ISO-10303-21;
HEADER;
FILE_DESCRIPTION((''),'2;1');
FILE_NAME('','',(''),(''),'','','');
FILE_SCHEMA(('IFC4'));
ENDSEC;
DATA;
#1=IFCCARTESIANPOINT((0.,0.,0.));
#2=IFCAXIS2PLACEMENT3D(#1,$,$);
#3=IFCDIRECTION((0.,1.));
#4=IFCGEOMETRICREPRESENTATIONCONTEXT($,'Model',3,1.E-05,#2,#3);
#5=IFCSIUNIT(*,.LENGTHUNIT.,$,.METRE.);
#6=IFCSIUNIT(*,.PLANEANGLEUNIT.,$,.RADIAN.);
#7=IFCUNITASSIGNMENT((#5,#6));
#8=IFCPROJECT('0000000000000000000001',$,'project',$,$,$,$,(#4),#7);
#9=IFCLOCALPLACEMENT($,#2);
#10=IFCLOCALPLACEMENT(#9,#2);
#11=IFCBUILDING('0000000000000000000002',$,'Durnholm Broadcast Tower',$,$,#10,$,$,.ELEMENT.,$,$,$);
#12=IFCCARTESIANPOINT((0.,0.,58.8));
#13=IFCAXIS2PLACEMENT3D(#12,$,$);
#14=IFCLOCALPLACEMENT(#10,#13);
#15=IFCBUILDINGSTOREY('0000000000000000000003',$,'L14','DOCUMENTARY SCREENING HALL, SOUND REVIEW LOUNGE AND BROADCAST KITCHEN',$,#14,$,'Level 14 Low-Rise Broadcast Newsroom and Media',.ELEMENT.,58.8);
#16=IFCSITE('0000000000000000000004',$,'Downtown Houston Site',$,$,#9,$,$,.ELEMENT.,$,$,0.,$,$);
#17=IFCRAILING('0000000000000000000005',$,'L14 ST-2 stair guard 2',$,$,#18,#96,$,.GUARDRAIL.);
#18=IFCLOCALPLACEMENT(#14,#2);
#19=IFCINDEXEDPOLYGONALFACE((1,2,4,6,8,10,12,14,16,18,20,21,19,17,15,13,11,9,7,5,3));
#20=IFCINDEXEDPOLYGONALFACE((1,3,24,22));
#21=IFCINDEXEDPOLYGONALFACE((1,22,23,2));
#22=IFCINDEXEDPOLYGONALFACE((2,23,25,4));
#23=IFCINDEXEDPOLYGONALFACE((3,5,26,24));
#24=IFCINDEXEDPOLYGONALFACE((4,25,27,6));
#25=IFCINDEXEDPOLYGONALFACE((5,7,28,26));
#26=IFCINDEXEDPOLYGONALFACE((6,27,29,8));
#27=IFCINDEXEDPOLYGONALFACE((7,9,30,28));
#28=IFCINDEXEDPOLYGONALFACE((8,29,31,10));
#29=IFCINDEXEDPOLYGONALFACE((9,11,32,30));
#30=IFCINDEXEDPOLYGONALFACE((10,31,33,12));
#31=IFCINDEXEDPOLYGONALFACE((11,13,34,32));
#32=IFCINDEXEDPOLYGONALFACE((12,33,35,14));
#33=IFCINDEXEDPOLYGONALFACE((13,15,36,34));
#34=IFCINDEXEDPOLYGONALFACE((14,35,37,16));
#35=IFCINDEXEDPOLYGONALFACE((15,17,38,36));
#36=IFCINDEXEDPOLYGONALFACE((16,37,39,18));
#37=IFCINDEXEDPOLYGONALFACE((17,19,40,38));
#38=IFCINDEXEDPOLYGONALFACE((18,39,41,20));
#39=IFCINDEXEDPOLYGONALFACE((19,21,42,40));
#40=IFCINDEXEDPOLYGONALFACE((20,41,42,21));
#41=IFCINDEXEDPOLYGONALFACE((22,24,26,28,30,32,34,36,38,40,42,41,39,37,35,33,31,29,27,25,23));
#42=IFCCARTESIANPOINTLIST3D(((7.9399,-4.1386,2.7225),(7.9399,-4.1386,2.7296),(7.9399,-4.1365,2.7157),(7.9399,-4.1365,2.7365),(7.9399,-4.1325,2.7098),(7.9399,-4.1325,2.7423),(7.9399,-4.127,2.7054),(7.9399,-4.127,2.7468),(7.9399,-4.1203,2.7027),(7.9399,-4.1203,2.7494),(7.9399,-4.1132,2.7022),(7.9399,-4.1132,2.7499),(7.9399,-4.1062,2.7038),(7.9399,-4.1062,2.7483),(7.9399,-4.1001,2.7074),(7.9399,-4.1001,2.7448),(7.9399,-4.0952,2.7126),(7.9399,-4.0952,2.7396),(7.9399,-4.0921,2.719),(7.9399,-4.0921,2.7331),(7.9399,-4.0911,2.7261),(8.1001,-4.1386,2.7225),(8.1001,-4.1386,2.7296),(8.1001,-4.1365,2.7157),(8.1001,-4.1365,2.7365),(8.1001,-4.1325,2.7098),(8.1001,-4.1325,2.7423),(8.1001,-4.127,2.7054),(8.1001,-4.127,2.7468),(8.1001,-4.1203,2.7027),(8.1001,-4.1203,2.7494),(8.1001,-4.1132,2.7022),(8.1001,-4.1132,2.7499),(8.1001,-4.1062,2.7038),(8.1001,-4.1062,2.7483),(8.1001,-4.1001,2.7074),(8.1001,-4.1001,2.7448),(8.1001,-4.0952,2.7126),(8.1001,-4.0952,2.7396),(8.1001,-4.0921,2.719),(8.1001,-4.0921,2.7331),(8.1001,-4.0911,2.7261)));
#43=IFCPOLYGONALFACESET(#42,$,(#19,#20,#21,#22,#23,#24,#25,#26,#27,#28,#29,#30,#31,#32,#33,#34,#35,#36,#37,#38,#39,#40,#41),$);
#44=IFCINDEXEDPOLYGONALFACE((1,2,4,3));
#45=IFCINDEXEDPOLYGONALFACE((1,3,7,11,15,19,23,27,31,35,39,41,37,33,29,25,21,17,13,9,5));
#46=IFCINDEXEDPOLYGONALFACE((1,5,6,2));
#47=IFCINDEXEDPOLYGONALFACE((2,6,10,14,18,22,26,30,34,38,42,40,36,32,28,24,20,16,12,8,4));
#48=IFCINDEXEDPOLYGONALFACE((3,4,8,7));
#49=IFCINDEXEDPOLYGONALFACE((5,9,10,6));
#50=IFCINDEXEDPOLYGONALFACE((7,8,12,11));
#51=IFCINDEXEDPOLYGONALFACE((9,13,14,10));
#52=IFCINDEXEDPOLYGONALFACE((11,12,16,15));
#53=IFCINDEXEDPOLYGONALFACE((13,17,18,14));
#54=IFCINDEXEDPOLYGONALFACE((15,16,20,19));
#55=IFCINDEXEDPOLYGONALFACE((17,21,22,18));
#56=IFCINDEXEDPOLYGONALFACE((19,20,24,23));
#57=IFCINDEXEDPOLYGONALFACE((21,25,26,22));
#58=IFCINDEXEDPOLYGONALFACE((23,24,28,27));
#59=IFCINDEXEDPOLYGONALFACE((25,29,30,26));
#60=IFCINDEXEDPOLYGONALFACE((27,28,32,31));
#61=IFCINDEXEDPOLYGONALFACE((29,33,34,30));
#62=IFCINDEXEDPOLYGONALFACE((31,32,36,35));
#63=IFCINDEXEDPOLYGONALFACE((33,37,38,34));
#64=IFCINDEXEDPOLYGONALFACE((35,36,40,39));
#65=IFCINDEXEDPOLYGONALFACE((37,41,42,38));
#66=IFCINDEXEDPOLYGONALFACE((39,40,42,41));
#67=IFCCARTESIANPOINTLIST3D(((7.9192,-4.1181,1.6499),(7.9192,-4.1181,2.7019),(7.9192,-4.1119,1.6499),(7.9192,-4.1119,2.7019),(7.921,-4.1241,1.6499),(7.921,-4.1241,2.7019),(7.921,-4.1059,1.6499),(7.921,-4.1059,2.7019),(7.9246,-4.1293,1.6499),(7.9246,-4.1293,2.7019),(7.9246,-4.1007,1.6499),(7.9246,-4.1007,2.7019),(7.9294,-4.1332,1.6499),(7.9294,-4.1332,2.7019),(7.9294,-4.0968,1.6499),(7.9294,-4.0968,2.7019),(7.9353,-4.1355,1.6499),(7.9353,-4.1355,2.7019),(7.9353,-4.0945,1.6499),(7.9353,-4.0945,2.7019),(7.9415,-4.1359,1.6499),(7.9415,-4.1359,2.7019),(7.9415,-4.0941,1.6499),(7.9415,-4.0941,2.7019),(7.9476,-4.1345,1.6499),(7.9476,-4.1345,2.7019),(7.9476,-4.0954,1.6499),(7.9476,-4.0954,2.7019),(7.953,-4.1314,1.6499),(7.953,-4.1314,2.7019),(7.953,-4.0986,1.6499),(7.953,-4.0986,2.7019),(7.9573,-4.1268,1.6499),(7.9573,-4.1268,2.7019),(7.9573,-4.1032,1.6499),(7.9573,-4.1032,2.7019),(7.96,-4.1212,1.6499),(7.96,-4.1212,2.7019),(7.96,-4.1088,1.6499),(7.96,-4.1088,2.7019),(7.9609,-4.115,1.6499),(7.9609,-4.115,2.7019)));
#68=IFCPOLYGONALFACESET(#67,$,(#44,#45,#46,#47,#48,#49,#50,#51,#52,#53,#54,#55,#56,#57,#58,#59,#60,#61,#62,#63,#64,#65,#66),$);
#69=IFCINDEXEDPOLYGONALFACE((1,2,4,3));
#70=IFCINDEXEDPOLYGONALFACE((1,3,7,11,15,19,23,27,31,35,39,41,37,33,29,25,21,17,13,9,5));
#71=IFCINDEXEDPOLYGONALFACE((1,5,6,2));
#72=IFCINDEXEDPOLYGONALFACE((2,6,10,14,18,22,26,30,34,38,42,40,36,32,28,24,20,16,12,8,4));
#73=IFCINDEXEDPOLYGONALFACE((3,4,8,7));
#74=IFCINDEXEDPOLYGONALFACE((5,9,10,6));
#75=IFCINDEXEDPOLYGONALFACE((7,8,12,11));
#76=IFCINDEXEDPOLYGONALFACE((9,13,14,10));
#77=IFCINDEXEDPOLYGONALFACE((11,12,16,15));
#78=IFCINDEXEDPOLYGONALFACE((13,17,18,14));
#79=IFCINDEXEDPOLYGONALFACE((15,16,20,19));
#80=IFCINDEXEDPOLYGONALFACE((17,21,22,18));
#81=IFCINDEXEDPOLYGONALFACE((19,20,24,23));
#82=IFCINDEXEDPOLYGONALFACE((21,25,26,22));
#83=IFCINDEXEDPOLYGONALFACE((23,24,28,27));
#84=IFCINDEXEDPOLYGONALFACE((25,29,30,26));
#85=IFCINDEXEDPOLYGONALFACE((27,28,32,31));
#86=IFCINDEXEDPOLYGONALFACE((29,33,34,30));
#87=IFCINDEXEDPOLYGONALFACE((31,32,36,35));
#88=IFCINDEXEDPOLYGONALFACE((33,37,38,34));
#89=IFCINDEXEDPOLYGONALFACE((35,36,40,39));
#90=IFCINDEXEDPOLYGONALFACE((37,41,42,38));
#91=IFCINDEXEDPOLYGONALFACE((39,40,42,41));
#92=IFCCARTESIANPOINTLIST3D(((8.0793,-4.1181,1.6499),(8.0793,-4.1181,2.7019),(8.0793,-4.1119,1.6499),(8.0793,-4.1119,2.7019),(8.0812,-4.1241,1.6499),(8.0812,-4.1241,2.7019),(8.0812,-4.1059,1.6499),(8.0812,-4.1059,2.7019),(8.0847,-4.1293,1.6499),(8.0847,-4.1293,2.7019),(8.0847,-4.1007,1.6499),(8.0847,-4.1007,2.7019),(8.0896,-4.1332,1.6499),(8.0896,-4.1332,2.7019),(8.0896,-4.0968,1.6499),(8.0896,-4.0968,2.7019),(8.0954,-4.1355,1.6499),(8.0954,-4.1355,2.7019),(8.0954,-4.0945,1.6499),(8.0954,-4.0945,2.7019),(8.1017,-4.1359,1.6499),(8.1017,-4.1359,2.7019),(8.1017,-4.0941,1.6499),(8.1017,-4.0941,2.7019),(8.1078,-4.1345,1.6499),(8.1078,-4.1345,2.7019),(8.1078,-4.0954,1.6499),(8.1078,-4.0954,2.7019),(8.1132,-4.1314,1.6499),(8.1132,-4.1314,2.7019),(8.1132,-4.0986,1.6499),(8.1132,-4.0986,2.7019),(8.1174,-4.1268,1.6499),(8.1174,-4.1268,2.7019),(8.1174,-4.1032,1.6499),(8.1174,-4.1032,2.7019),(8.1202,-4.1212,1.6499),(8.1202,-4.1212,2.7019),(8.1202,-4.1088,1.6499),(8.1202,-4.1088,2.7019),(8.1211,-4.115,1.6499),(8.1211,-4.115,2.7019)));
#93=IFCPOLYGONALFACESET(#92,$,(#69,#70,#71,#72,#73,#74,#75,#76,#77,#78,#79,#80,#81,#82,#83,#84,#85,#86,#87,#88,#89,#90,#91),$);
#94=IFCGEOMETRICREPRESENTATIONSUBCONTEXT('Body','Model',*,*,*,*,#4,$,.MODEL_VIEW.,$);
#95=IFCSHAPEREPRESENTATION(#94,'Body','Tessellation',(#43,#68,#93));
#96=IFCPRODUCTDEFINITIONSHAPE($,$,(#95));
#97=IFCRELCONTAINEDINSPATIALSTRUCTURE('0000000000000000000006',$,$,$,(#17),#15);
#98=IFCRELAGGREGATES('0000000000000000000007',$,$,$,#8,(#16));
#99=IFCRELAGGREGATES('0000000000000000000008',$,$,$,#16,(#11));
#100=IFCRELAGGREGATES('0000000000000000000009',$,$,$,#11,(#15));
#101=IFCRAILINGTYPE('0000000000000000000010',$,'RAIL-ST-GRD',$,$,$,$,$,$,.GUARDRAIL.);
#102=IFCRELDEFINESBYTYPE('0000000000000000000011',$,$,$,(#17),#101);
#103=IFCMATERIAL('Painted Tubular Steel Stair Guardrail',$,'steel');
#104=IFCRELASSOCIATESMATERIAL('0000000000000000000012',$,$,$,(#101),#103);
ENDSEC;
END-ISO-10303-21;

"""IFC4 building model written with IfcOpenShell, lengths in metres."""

from ifc_helpers import new_model, si_unit, direction, frame, origin, origin_2d, place, context, subcontext, project, spatial, circle, extrude, material, type_object, element, save


model = new_model("IFC4")

# Units and contexts
model_context = context("Model", 3, precision=1e-05, world=origin(), true_north=direction((0.0, 1.0)))
body_context = subcontext(model_context, "Body", "Model", "MODEL_VIEW")
ifc_project = project(units=[si_unit("LENGTHUNIT", "METRE"), si_unit("PLANEANGLEUNIT", "RADIAN")], contexts=[model_context])

# Site, building, storey
site_placement = place(None, origin())
site = spatial("IfcSite", under=ifc_project, at=site_placement, Name="Downtown Houston Site", CompositionType="ELEMENT", RefElevation=0.0)
building_placement = place(site_placement, origin())
building = spatial("IfcBuilding", under=site, at=building_placement, Name="Durnholm Broadcast Tower", CompositionType="ELEMENT")
storey_placement = place(building_placement, frame((0.0, 0.0, 58.8)))
storey = spatial("IfcBuildingStorey", under=building, at=storey_placement, Name="L14", Description="DOCUMENTARY SCREENING HALL, SOUND REVIEW LOUNGE AND BROADCAST KITCHEN", LongName="Level 14 Low-Rise Broadcast Newsroom and Media", CompositionType="ELEMENT", Elevation=58.8)

# Railing
ifc_material_1 = material(Name="Painted Tubular Steel Stair Guardrail", Category="steel")
railing_type_1 = type_object("IfcRailingType", Name="RAIL-ST-GRD", PredefinedType="GUARDRAIL", material=ifc_material_1)
railing_1_placement = place(storey_placement, frame((7.9399, -4.115, 1.6499)))
element("IfcRailing", 1, at=railing_1_placement, inside=storey, type_object=railing_type_1, Name="L14 ST-2 stair guard 2", PredefinedType="GUARDRAIL", context=body_context, shape_type="SweptSolid", body=[
    extrude(circle(Radius=0.0239, at=origin_2d()), frame((0.0, 0.0, 1.0762), z_axis=(1.0, 0.0, 0.0), x_axis=(0.0, 1.0, 0.0)), (0.0, 0.0, 1.0), 0.1602),
    extrude(circle(Radius=0.021, at=origin_2d()), origin(), (0.0, 0.0, 1.0), 1.052),
    extrude(circle(Radius=0.021, at=origin_2d()), frame((0.1602, 0.0, 0.0)), (0.0, 0.0, 1.0), 1.052),
])

save(model, "model.ifc")
